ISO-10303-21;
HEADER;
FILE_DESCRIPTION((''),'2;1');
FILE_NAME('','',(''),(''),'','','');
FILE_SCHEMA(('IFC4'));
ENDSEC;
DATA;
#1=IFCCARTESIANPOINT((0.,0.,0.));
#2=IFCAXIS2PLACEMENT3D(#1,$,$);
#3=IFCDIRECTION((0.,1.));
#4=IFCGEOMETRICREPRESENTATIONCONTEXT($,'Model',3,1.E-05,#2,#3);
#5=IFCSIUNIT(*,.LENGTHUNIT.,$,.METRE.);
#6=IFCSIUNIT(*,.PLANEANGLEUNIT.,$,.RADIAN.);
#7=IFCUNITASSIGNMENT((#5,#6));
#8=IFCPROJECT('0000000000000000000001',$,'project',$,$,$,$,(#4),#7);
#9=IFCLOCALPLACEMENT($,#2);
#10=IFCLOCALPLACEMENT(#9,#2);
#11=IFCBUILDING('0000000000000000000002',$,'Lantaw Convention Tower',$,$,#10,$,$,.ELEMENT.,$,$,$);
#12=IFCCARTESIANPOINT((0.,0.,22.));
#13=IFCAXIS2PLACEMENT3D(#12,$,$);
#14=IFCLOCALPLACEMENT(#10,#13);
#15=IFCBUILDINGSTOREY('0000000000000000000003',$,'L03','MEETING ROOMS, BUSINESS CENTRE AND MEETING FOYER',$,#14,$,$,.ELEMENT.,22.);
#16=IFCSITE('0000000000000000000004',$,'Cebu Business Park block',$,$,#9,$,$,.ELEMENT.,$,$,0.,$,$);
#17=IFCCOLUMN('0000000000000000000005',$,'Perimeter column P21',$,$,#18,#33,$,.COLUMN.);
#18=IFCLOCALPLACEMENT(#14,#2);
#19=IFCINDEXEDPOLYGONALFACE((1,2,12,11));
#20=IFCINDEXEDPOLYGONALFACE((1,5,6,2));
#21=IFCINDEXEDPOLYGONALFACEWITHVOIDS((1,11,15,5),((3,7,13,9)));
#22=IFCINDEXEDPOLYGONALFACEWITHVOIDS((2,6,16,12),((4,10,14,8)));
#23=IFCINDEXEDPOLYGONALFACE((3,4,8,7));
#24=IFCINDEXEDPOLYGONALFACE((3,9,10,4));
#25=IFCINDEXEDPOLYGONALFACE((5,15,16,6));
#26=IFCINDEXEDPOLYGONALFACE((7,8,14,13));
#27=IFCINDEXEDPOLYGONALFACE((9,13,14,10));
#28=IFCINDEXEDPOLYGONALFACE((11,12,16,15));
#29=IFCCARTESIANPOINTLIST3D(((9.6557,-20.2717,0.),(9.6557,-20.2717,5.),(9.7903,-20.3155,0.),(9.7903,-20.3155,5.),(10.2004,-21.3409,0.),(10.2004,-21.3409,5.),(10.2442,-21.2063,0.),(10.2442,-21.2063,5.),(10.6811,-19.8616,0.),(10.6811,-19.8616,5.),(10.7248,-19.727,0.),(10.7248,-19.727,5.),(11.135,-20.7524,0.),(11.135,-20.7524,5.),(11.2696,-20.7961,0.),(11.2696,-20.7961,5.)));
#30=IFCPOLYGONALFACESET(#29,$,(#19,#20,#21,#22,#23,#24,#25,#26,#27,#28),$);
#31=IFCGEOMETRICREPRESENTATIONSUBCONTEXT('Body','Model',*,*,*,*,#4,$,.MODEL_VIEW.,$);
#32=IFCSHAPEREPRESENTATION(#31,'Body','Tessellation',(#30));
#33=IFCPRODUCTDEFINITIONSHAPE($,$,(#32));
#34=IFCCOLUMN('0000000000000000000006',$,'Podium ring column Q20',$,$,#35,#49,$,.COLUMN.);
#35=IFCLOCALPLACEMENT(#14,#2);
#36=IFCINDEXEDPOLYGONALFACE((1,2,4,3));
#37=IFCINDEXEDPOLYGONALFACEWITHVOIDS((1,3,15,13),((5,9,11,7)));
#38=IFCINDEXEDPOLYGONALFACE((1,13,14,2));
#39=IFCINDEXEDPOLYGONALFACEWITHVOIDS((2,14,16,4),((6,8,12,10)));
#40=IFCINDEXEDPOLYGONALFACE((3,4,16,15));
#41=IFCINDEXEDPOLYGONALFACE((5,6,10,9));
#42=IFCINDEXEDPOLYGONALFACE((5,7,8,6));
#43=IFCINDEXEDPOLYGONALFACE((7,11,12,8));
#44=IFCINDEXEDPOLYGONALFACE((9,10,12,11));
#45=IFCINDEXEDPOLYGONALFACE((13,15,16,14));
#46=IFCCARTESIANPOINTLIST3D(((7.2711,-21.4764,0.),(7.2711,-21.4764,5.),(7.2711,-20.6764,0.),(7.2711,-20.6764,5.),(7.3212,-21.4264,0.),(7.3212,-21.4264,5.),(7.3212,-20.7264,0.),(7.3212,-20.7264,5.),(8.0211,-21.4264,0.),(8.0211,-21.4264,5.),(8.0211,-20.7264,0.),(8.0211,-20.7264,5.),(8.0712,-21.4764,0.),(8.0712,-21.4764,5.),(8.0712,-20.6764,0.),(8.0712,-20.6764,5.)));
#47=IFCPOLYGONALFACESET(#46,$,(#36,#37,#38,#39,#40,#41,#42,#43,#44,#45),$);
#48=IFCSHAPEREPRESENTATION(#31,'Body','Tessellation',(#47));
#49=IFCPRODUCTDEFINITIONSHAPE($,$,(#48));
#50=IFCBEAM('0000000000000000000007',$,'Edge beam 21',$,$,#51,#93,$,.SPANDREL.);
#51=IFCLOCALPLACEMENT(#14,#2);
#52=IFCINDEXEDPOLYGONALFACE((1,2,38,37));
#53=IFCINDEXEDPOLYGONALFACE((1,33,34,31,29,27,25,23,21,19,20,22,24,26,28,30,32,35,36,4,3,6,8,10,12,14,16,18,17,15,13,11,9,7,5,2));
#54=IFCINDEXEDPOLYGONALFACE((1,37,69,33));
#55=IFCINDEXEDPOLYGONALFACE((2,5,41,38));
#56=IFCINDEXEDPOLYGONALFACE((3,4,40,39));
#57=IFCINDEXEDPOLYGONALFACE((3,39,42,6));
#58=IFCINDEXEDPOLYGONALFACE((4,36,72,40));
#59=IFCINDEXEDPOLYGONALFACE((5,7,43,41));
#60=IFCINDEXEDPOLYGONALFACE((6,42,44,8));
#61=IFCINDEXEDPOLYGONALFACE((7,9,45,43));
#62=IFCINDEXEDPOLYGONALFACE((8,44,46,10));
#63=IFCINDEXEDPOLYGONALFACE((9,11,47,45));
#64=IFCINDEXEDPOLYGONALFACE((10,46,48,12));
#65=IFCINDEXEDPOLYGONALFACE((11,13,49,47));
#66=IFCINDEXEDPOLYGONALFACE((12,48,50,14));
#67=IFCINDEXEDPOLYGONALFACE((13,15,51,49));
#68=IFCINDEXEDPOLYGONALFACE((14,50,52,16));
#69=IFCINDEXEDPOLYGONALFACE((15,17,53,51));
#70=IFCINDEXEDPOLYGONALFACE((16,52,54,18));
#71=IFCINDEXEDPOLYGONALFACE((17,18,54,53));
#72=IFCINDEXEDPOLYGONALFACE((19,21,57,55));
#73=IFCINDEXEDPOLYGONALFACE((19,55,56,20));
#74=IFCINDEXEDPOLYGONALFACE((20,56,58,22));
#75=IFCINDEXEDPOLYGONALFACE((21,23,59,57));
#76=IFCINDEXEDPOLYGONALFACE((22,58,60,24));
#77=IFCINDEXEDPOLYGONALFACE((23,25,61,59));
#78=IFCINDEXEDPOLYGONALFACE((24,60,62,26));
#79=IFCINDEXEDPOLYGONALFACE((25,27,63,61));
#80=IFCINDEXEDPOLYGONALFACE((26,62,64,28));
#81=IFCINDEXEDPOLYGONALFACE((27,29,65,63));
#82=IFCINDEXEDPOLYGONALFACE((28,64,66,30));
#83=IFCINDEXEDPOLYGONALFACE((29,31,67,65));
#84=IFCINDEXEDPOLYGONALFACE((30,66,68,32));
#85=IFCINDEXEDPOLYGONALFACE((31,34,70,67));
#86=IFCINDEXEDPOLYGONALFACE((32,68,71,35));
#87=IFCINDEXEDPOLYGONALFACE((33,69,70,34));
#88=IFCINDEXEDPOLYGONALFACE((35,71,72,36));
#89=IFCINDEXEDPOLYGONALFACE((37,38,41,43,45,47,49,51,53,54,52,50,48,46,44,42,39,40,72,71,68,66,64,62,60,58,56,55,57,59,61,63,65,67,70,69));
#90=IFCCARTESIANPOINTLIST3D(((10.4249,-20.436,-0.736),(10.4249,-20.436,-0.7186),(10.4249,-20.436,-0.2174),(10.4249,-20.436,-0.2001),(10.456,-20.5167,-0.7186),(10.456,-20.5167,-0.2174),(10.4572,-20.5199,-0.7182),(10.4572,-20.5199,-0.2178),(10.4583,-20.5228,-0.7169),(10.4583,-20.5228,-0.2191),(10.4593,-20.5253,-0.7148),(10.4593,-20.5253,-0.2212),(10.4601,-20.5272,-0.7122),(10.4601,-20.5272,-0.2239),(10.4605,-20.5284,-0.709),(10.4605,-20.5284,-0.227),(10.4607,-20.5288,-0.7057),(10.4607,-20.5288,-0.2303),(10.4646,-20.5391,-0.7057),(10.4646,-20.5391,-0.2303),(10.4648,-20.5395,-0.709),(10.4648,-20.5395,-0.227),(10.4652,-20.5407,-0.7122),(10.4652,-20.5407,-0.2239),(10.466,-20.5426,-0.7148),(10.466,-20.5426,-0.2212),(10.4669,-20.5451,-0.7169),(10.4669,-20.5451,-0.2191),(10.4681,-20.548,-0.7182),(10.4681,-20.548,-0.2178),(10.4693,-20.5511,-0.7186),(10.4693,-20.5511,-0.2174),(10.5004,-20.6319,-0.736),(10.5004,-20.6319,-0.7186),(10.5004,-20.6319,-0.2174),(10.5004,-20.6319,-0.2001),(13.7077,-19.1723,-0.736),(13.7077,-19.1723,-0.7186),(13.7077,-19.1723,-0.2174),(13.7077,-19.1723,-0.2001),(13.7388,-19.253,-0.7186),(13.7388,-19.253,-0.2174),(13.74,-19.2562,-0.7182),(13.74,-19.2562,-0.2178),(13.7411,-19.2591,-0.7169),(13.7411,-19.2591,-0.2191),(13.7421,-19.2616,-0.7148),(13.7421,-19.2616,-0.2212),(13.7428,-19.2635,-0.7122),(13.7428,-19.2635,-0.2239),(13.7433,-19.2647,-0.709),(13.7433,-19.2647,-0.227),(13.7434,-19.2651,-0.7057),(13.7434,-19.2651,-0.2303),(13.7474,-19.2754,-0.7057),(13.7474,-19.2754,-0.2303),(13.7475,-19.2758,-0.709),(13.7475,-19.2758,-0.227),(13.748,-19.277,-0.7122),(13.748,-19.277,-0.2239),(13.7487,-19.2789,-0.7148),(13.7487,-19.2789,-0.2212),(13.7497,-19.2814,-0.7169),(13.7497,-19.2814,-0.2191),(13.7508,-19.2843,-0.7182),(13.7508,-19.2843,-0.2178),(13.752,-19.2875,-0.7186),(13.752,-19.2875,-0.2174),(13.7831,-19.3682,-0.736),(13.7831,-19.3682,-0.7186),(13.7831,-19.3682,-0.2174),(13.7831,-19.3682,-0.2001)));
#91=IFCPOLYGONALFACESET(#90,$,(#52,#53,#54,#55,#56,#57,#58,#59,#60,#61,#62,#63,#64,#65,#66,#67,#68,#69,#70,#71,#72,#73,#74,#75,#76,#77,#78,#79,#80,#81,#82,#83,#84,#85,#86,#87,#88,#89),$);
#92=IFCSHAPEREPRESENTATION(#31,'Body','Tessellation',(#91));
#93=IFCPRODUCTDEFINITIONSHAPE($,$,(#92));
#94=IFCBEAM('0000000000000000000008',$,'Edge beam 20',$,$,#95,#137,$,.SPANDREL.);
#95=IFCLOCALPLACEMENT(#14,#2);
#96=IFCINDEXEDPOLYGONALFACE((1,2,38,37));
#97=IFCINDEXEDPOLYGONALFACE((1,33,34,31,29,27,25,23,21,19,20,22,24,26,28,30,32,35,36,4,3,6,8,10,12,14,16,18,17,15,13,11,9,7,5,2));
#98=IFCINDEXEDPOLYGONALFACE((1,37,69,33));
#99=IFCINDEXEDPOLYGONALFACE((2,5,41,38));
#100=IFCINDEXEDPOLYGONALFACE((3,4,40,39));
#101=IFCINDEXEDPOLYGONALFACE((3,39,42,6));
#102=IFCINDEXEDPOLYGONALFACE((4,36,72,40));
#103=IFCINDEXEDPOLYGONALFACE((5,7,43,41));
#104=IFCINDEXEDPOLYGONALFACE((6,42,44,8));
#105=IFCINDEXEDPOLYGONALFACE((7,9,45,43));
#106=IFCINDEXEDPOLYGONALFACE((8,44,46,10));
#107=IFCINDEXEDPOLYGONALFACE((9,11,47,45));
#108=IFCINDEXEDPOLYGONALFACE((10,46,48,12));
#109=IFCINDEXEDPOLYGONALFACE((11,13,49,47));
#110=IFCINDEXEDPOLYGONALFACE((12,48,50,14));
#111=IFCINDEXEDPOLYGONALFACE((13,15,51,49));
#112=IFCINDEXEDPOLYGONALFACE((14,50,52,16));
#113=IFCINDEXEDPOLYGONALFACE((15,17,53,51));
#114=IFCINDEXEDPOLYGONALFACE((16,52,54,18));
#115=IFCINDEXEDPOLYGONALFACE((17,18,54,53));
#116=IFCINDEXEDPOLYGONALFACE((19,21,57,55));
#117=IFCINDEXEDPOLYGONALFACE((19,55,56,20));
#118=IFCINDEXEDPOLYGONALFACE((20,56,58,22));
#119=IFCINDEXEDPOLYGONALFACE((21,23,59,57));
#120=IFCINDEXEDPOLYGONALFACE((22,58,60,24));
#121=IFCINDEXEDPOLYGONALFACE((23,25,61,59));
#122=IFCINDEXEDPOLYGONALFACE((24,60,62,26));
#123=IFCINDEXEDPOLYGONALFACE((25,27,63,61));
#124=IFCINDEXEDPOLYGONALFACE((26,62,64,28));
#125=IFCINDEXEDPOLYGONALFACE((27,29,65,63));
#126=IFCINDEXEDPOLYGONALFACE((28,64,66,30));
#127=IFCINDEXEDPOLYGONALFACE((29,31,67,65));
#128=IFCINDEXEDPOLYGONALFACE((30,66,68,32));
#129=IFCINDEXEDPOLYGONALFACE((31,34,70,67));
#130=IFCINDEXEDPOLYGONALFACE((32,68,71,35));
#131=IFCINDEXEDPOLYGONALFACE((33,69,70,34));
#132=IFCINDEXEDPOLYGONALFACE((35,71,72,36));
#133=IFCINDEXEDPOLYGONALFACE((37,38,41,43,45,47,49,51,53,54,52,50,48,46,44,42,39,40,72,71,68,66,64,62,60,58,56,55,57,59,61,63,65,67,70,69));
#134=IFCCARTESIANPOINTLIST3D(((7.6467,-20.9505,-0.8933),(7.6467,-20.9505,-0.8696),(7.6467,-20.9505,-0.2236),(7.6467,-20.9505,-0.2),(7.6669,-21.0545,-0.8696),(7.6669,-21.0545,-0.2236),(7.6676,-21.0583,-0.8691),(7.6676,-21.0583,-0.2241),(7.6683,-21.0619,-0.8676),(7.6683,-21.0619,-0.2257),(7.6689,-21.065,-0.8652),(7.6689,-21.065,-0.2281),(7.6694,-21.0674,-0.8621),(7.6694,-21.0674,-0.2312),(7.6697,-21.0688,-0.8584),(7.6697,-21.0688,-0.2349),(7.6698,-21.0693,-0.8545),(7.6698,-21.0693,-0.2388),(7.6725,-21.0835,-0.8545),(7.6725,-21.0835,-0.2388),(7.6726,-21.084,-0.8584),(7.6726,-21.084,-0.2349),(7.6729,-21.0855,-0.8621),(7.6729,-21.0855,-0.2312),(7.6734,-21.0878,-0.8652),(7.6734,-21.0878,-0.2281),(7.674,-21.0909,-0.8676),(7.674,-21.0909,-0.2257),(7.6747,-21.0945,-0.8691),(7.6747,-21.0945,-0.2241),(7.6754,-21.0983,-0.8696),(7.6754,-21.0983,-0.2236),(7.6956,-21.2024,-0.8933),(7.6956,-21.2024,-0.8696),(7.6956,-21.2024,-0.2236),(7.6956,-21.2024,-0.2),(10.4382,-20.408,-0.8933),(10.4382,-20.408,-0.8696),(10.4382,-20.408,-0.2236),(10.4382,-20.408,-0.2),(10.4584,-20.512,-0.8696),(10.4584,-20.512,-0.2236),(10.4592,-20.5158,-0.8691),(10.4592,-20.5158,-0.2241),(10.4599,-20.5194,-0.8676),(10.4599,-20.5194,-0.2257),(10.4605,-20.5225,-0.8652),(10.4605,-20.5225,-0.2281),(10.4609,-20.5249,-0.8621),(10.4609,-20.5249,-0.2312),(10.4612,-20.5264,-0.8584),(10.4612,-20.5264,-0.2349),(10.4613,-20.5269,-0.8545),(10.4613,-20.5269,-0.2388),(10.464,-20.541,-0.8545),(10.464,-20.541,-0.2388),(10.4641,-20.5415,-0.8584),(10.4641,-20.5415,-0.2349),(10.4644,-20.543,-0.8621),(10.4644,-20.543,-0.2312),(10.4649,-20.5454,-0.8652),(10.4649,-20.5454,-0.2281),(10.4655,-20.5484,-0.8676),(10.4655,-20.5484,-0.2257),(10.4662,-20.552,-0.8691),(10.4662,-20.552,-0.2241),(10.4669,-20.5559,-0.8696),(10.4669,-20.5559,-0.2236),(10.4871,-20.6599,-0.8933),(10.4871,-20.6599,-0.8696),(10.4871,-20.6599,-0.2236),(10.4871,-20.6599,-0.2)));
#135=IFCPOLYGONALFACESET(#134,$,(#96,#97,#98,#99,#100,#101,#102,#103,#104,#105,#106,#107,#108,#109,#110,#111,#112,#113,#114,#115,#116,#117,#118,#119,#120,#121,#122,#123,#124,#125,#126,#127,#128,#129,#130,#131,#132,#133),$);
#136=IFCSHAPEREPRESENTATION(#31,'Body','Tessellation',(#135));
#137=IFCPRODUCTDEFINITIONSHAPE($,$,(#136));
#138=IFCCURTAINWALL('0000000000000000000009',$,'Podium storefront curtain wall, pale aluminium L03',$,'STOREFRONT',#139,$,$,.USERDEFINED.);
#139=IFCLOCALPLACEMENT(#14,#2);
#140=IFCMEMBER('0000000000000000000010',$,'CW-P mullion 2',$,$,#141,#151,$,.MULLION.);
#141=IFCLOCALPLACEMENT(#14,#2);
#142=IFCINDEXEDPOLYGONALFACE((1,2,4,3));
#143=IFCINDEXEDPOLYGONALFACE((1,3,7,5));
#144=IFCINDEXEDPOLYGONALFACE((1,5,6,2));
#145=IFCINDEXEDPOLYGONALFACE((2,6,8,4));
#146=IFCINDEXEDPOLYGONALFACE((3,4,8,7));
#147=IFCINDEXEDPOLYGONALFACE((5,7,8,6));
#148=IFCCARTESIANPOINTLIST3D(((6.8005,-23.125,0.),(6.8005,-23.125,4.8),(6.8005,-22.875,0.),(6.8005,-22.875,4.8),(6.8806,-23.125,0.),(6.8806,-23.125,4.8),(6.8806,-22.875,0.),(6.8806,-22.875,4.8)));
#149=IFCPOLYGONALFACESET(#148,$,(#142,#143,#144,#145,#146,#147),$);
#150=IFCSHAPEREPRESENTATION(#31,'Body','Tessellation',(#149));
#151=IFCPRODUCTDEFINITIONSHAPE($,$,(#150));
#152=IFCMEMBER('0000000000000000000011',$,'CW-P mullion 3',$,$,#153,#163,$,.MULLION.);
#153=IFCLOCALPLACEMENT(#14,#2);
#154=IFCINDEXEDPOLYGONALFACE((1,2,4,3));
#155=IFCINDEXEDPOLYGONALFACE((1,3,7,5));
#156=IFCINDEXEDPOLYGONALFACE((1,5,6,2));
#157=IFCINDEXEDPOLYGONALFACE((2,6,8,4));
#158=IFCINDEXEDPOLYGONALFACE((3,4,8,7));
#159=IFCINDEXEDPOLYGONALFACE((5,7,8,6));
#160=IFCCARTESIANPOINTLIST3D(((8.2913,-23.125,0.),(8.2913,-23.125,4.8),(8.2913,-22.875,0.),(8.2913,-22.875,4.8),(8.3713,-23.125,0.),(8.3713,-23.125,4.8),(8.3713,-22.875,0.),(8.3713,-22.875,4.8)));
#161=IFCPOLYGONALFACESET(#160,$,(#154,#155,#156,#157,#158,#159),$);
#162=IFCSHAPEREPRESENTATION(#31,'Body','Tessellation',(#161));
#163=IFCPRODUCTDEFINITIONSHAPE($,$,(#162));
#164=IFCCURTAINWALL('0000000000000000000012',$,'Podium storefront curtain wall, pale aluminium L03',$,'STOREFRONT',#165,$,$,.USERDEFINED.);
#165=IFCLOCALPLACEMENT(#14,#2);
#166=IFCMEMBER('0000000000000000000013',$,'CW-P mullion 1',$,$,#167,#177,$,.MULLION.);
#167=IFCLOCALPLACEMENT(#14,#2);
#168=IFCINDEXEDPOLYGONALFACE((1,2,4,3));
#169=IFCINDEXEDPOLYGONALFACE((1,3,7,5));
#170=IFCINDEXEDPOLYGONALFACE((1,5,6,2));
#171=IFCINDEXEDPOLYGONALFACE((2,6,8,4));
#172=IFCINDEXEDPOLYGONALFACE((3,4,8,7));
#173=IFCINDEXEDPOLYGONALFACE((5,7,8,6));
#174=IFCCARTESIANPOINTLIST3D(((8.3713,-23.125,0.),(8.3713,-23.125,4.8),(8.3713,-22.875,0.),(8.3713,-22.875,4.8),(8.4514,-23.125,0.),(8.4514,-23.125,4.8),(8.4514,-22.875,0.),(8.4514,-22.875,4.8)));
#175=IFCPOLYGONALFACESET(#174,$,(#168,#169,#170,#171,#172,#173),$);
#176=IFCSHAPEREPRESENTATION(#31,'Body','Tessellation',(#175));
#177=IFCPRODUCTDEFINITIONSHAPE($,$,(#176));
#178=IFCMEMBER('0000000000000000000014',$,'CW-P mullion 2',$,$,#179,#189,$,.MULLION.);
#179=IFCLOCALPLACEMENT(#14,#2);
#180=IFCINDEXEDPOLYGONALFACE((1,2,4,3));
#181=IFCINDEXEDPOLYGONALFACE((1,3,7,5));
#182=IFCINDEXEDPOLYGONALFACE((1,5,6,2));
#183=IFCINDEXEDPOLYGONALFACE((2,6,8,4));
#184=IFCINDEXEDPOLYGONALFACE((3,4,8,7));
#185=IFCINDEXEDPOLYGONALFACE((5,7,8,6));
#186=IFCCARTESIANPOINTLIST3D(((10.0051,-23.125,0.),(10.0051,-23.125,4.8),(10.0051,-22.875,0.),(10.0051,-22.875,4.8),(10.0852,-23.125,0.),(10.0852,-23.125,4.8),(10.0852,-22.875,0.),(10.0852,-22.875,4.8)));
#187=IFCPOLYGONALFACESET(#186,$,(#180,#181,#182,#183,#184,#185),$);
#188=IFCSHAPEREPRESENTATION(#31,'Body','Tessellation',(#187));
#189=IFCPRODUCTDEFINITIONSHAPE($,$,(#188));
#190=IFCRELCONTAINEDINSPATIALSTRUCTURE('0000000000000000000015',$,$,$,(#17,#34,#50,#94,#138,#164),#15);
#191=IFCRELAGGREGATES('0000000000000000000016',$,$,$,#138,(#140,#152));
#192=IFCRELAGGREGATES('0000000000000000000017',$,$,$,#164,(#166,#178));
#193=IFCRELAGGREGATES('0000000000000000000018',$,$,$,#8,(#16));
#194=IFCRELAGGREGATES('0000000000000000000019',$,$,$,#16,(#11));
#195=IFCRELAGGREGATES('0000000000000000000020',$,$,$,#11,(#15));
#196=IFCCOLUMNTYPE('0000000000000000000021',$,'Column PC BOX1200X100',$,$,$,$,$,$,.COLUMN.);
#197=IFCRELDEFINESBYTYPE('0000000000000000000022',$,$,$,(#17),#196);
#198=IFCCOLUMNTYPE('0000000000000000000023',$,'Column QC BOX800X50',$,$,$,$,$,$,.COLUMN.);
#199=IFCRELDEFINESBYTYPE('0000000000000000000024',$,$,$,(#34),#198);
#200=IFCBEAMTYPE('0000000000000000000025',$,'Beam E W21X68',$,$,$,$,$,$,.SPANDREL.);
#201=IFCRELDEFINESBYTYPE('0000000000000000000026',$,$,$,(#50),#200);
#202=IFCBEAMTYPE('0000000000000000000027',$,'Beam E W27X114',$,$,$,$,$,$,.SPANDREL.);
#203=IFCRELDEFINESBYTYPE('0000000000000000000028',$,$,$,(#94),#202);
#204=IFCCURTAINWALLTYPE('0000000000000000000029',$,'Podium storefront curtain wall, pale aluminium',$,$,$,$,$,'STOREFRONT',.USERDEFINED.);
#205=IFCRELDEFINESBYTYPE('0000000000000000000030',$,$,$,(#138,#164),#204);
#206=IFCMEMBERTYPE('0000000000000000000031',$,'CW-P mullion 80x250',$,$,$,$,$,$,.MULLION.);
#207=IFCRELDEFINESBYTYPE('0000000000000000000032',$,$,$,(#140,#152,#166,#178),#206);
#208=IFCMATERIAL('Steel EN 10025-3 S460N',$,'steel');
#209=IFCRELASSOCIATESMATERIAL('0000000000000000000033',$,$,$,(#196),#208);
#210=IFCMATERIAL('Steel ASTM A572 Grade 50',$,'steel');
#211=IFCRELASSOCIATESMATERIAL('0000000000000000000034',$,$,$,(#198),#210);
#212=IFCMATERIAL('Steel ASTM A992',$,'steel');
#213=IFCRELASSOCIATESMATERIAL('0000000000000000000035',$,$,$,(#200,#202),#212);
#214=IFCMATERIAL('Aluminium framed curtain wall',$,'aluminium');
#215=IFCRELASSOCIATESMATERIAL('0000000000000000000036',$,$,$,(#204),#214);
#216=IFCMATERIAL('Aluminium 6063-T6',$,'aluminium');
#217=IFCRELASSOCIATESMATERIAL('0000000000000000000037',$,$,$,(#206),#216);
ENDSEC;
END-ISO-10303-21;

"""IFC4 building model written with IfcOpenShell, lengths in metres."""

from ifc_helpers import new_model, si_unit, direction, frame, origin, origin_2d, place, context, subcontext, project, spatial, rectangle, hollow_rectangle, i_section, extrude, material, material_profile, profile_set, type_object, element, aggregate, save


model = new_model("IFC4")

# Units and contexts
model_context = context("Model", 3, precision=1e-05, world=origin(), true_north=direction((0.0, 1.0)))
body_context = subcontext(model_context, "Body", "Model", "MODEL_VIEW")
ifc_project = project(units=[si_unit("LENGTHUNIT", "METRE"), si_unit("PLANEANGLEUNIT", "RADIAN")], contexts=[model_context])

# Site, building, storey
site_placement = place(None, origin())
site = spatial("IfcSite", under=ifc_project, at=site_placement, Name="Cebu Business Park block", CompositionType="ELEMENT", RefElevation=0.0)
building_placement = place(site_placement, origin())
building = spatial("IfcBuilding", under=site, at=building_placement, Name="Lantaw Convention Tower", CompositionType="ELEMENT")
storey_placement = place(building_placement, frame((0.0, 0.0, 22.0)))
storey = spatial("IfcBuildingStorey", under=building, at=storey_placement, Name="L03", Description="MEETING ROOMS, BUSINESS CENTRE AND MEETING FOYER", CompositionType="ELEMENT", Elevation=22.0)

# Columns
ifc_material_1 = material(Name="Steel EN 10025-3 S460N", Category="steel")
ifc_material_profile_1 = material_profile(ifc_material_1, hollow_rectangle(XDim=1.2, YDim=1.2, WallThickness=0.1001, at=origin_2d()), Name="BOX1200X100")
ifc_material_2 = material(Name="Concrete C60/75", Category="concrete")
ifc_material_profile_2 = material_profile(ifc_material_2, rectangle(XDim=1.0, YDim=1.0, at=origin_2d()), Name="Concrete fill of BOX1200X100")
ifc_profile_set_1 = profile_set([ifc_material_profile_1, ifc_material_profile_2], Name="Steel EN 10025-3 S460N")
column_type_1 = type_object("IfcColumnType", Name="Column PC BOX1200X100", PredefinedType="COLUMN", material=ifc_profile_set_1)
column_1_placement = place(storey_placement, frame((10.4626, -20.5339, 0.0), z_axis=(0.0, 0.0, 1.0), x_axis=(0.891007, 0.45399, 0.0)))
element("IfcColumn", 1, at=column_1_placement, inside=storey, type_object=column_type_1, Name="Perimeter column P21", PredefinedType="COLUMN", context=body_context, shape_type="SweptSolid", body=[
    extrude(hollow_rectangle(XDim=1.2, YDim=1.2, WallThickness=0.1001, at=origin_2d()), origin(), (0.0, 0.0, 1.0), 5.0),
])
ifc_material_3 = material(Name="Steel ASTM A572 Grade 50", Category="steel")
ifc_material_profile_3 = material_profile(ifc_material_3, hollow_rectangle(XDim=0.8, YDim=0.8, WallThickness=0.05, at=origin_2d()), Name="BOX800X50")
ifc_profile_set_2 = profile_set([ifc_material_profile_3], Name="Steel ASTM A572 Grade 50")
column_type_2 = type_object("IfcColumnType", Name="Column QC BOX800X50", PredefinedType="COLUMN", material=ifc_profile_set_2)
column_2_placement = place(storey_placement, frame((7.6711, -21.0764, 0.0), z_axis=(0.0, 0.0, 1.0), x_axis=(1.0, 0.0, 0.0)))
element("IfcColumn", 2, at=column_2_placement, inside=storey, type_object=column_type_2, Name="Podium ring column Q20", PredefinedType="COLUMN", context=body_context, shape_type="SweptSolid", body=[
    extrude(hollow_rectangle(XDim=0.8, YDim=0.8, WallThickness=0.05, at=origin_2d()), origin(), (0.0, 0.0, 1.0), 5.0),
])

# Beams
ifc_material_4 = material(Name="Steel ASTM A992", Category="steel")
ifc_material_profile_4 = material_profile(ifc_material_4, i_section(OverallWidth=0.21, OverallDepth=0.5359, WebThickness=0.011, FlangeThickness=0.0173, FilletRadius=0.0129, at=origin_2d()), Name="W21X68")
ifc_profile_set_3 = profile_set([ifc_material_profile_4], Name="Steel ASTM A992")
beam_type_1 = type_object("IfcBeamType", Name="Beam E W21X68", PredefinedType="SPANDREL", material=ifc_profile_set_3)
beam_1_placement = place(storey_placement, frame((10.4626, -20.5339, -0.468), z_axis=(0.933242, 0.359249, 0.0), x_axis=(-0.359249, 0.933242, 0.0)))
element("IfcBeam", 3, at=beam_1_placement, inside=storey, type_object=beam_type_1, Name="Edge beam 21", PredefinedType="SPANDREL", context=body_context, shape_type="SweptSolid", body=[
    extrude(i_section(OverallWidth=0.21, OverallDepth=0.5359, WebThickness=0.011, FlangeThickness=0.0173, FilletRadius=0.0129, at=origin_2d()), origin(), (0.0, 0.0, 1.0), 3.5176),
])
ifc_material_profile_5 = material_profile(ifc_material_4, i_section(OverallWidth=0.2566, OverallDepth=0.6934, WebThickness=0.0144, FlangeThickness=0.0237, FilletRadius=0.0151, at=origin_2d()), Name="W27X114")
ifc_profile_set_4 = profile_set([ifc_material_profile_5], Name="Steel ASTM A992")
beam_type_2 = type_object("IfcBeamType", Name="Beam E W27X114", PredefinedType="SPANDREL", material=ifc_profile_set_4)
beam_2_placement = place(storey_placement, frame((7.6711, -21.0764, -0.5466), z_axis=(0.981636, 0.190764, 0.0), x_axis=(-0.190764, 0.981636, 0.0)))
element("IfcBeam", 4, at=beam_2_placement, inside=storey, type_object=beam_type_2, Name="Edge beam 20", PredefinedType="SPANDREL", context=body_context, shape_type="SweptSolid", body=[
    extrude(i_section(OverallWidth=0.2566, OverallDepth=0.6934, WebThickness=0.0144, FlangeThickness=0.0237, FilletRadius=0.0151, at=origin_2d()), origin(), (0.0, 0.0, 1.0), 2.8438),
])

# Curtain walls, members
ifc_material_5 = material(Name="Aluminium framed curtain wall", Category="aluminium")
curtain_wall_type = type_object("IfcCurtainWallType", Name="Podium storefront curtain wall, pale aluminium", ElementType="STOREFRONT", PredefinedType="USERDEFINED", material=ifc_material_5)
curtain_wall_1_placement = place(storey_placement, origin())
curtain_wall_1 = element("IfcCurtainWall", 5, at=curtain_wall_1_placement, inside=storey, type_object=curtain_wall_type, Name="Podium storefront curtain wall, pale aluminium L03", ObjectType="STOREFRONT", PredefinedType="USERDEFINED")
ifc_material_6 = material(Name="Aluminium 6063-T6", Category="aluminium")
ifc_material_profile_6 = material_profile(ifc_material_6, rectangle(XDim=0.25, YDim=0.0801, at=origin_2d()), Name="CW-P mullion 80x250")
ifc_profile_set_5 = profile_set([ifc_material_profile_6], Name="Aluminium 6063-T6")
member_type_1 = type_object("IfcMemberType", Name="CW-P mullion 80x250", PredefinedType="MULLION", material=ifc_profile_set_5)
member_1_placement = place(storey_placement, frame((6.8406, -23.0, 0.0), z_axis=(0.0, 0.0, 1.0), x_axis=(0.0, 1.0, 0.0)))
member_1 = element("IfcMember", 6, at=member_1_placement, type_object=member_type_1, Name="CW-P mullion 2", PredefinedType="MULLION", context=body_context, shape_type="SweptSolid", body=[
    extrude(rectangle(XDim=0.25, YDim=0.0801, at=origin_2d()), origin(), (0.0, 0.0, 1.0), 4.8),
])
member_2_placement = place(storey_placement, frame((8.3313, -23.0, 0.0), z_axis=(0.0, 0.0, 1.0), x_axis=(0.0, 1.0, 0.0)))
member_2 = element("IfcMember", 7, at=member_2_placement, type_object=member_type_1, Name="CW-P mullion 3", PredefinedType="MULLION", context=body_context, shape_type="SweptSolid", body=[
    extrude(rectangle(XDim=0.25, YDim=0.0801, at=origin_2d()), origin(), (0.0, 0.0, 1.0), 4.8),
])
curtain_wall_2_placement = place(storey_placement, origin())
curtain_wall_2 = element("IfcCurtainWall", 8, at=curtain_wall_2_placement, inside=storey, type_object=curtain_wall_type, Name="Podium storefront curtain wall, pale aluminium L03", ObjectType="STOREFRONT", PredefinedType="USERDEFINED")
member_3_placement = place(storey_placement, frame((8.4114, -23.0, 0.0), z_axis=(0.0, 0.0, 1.0), x_axis=(0.0, 1.0, 0.0)))
member_3 = element("IfcMember", 9, at=member_3_placement, type_object=member_type_1, Name="CW-P mullion 1", PredefinedType="MULLION", context=body_context, shape_type="SweptSolid", body=[
    extrude(rectangle(XDim=0.25, YDim=0.0801, at=origin_2d()), origin(), (0.0, 0.0, 1.0), 4.8),
])
member_4_placement = place(storey_placement, frame((10.0452, -23.0, 0.0), z_axis=(0.0, 0.0, 1.0), x_axis=(0.0, 1.0, 0.0)))
member_4 = element("IfcMember", 10, at=member_4_placement, type_object=member_type_1, Name="CW-P mullion 2", PredefinedType="MULLION", context=body_context, shape_type="SweptSolid", body=[
    extrude(rectangle(XDim=0.25, YDim=0.0801, at=origin_2d()), origin(), (0.0, 0.0, 1.0), 4.8),
])

aggregate(curtain_wall_1, [member_1, member_2])
aggregate(curtain_wall_2, [member_3, member_4])

save(model, "model.ifc")
